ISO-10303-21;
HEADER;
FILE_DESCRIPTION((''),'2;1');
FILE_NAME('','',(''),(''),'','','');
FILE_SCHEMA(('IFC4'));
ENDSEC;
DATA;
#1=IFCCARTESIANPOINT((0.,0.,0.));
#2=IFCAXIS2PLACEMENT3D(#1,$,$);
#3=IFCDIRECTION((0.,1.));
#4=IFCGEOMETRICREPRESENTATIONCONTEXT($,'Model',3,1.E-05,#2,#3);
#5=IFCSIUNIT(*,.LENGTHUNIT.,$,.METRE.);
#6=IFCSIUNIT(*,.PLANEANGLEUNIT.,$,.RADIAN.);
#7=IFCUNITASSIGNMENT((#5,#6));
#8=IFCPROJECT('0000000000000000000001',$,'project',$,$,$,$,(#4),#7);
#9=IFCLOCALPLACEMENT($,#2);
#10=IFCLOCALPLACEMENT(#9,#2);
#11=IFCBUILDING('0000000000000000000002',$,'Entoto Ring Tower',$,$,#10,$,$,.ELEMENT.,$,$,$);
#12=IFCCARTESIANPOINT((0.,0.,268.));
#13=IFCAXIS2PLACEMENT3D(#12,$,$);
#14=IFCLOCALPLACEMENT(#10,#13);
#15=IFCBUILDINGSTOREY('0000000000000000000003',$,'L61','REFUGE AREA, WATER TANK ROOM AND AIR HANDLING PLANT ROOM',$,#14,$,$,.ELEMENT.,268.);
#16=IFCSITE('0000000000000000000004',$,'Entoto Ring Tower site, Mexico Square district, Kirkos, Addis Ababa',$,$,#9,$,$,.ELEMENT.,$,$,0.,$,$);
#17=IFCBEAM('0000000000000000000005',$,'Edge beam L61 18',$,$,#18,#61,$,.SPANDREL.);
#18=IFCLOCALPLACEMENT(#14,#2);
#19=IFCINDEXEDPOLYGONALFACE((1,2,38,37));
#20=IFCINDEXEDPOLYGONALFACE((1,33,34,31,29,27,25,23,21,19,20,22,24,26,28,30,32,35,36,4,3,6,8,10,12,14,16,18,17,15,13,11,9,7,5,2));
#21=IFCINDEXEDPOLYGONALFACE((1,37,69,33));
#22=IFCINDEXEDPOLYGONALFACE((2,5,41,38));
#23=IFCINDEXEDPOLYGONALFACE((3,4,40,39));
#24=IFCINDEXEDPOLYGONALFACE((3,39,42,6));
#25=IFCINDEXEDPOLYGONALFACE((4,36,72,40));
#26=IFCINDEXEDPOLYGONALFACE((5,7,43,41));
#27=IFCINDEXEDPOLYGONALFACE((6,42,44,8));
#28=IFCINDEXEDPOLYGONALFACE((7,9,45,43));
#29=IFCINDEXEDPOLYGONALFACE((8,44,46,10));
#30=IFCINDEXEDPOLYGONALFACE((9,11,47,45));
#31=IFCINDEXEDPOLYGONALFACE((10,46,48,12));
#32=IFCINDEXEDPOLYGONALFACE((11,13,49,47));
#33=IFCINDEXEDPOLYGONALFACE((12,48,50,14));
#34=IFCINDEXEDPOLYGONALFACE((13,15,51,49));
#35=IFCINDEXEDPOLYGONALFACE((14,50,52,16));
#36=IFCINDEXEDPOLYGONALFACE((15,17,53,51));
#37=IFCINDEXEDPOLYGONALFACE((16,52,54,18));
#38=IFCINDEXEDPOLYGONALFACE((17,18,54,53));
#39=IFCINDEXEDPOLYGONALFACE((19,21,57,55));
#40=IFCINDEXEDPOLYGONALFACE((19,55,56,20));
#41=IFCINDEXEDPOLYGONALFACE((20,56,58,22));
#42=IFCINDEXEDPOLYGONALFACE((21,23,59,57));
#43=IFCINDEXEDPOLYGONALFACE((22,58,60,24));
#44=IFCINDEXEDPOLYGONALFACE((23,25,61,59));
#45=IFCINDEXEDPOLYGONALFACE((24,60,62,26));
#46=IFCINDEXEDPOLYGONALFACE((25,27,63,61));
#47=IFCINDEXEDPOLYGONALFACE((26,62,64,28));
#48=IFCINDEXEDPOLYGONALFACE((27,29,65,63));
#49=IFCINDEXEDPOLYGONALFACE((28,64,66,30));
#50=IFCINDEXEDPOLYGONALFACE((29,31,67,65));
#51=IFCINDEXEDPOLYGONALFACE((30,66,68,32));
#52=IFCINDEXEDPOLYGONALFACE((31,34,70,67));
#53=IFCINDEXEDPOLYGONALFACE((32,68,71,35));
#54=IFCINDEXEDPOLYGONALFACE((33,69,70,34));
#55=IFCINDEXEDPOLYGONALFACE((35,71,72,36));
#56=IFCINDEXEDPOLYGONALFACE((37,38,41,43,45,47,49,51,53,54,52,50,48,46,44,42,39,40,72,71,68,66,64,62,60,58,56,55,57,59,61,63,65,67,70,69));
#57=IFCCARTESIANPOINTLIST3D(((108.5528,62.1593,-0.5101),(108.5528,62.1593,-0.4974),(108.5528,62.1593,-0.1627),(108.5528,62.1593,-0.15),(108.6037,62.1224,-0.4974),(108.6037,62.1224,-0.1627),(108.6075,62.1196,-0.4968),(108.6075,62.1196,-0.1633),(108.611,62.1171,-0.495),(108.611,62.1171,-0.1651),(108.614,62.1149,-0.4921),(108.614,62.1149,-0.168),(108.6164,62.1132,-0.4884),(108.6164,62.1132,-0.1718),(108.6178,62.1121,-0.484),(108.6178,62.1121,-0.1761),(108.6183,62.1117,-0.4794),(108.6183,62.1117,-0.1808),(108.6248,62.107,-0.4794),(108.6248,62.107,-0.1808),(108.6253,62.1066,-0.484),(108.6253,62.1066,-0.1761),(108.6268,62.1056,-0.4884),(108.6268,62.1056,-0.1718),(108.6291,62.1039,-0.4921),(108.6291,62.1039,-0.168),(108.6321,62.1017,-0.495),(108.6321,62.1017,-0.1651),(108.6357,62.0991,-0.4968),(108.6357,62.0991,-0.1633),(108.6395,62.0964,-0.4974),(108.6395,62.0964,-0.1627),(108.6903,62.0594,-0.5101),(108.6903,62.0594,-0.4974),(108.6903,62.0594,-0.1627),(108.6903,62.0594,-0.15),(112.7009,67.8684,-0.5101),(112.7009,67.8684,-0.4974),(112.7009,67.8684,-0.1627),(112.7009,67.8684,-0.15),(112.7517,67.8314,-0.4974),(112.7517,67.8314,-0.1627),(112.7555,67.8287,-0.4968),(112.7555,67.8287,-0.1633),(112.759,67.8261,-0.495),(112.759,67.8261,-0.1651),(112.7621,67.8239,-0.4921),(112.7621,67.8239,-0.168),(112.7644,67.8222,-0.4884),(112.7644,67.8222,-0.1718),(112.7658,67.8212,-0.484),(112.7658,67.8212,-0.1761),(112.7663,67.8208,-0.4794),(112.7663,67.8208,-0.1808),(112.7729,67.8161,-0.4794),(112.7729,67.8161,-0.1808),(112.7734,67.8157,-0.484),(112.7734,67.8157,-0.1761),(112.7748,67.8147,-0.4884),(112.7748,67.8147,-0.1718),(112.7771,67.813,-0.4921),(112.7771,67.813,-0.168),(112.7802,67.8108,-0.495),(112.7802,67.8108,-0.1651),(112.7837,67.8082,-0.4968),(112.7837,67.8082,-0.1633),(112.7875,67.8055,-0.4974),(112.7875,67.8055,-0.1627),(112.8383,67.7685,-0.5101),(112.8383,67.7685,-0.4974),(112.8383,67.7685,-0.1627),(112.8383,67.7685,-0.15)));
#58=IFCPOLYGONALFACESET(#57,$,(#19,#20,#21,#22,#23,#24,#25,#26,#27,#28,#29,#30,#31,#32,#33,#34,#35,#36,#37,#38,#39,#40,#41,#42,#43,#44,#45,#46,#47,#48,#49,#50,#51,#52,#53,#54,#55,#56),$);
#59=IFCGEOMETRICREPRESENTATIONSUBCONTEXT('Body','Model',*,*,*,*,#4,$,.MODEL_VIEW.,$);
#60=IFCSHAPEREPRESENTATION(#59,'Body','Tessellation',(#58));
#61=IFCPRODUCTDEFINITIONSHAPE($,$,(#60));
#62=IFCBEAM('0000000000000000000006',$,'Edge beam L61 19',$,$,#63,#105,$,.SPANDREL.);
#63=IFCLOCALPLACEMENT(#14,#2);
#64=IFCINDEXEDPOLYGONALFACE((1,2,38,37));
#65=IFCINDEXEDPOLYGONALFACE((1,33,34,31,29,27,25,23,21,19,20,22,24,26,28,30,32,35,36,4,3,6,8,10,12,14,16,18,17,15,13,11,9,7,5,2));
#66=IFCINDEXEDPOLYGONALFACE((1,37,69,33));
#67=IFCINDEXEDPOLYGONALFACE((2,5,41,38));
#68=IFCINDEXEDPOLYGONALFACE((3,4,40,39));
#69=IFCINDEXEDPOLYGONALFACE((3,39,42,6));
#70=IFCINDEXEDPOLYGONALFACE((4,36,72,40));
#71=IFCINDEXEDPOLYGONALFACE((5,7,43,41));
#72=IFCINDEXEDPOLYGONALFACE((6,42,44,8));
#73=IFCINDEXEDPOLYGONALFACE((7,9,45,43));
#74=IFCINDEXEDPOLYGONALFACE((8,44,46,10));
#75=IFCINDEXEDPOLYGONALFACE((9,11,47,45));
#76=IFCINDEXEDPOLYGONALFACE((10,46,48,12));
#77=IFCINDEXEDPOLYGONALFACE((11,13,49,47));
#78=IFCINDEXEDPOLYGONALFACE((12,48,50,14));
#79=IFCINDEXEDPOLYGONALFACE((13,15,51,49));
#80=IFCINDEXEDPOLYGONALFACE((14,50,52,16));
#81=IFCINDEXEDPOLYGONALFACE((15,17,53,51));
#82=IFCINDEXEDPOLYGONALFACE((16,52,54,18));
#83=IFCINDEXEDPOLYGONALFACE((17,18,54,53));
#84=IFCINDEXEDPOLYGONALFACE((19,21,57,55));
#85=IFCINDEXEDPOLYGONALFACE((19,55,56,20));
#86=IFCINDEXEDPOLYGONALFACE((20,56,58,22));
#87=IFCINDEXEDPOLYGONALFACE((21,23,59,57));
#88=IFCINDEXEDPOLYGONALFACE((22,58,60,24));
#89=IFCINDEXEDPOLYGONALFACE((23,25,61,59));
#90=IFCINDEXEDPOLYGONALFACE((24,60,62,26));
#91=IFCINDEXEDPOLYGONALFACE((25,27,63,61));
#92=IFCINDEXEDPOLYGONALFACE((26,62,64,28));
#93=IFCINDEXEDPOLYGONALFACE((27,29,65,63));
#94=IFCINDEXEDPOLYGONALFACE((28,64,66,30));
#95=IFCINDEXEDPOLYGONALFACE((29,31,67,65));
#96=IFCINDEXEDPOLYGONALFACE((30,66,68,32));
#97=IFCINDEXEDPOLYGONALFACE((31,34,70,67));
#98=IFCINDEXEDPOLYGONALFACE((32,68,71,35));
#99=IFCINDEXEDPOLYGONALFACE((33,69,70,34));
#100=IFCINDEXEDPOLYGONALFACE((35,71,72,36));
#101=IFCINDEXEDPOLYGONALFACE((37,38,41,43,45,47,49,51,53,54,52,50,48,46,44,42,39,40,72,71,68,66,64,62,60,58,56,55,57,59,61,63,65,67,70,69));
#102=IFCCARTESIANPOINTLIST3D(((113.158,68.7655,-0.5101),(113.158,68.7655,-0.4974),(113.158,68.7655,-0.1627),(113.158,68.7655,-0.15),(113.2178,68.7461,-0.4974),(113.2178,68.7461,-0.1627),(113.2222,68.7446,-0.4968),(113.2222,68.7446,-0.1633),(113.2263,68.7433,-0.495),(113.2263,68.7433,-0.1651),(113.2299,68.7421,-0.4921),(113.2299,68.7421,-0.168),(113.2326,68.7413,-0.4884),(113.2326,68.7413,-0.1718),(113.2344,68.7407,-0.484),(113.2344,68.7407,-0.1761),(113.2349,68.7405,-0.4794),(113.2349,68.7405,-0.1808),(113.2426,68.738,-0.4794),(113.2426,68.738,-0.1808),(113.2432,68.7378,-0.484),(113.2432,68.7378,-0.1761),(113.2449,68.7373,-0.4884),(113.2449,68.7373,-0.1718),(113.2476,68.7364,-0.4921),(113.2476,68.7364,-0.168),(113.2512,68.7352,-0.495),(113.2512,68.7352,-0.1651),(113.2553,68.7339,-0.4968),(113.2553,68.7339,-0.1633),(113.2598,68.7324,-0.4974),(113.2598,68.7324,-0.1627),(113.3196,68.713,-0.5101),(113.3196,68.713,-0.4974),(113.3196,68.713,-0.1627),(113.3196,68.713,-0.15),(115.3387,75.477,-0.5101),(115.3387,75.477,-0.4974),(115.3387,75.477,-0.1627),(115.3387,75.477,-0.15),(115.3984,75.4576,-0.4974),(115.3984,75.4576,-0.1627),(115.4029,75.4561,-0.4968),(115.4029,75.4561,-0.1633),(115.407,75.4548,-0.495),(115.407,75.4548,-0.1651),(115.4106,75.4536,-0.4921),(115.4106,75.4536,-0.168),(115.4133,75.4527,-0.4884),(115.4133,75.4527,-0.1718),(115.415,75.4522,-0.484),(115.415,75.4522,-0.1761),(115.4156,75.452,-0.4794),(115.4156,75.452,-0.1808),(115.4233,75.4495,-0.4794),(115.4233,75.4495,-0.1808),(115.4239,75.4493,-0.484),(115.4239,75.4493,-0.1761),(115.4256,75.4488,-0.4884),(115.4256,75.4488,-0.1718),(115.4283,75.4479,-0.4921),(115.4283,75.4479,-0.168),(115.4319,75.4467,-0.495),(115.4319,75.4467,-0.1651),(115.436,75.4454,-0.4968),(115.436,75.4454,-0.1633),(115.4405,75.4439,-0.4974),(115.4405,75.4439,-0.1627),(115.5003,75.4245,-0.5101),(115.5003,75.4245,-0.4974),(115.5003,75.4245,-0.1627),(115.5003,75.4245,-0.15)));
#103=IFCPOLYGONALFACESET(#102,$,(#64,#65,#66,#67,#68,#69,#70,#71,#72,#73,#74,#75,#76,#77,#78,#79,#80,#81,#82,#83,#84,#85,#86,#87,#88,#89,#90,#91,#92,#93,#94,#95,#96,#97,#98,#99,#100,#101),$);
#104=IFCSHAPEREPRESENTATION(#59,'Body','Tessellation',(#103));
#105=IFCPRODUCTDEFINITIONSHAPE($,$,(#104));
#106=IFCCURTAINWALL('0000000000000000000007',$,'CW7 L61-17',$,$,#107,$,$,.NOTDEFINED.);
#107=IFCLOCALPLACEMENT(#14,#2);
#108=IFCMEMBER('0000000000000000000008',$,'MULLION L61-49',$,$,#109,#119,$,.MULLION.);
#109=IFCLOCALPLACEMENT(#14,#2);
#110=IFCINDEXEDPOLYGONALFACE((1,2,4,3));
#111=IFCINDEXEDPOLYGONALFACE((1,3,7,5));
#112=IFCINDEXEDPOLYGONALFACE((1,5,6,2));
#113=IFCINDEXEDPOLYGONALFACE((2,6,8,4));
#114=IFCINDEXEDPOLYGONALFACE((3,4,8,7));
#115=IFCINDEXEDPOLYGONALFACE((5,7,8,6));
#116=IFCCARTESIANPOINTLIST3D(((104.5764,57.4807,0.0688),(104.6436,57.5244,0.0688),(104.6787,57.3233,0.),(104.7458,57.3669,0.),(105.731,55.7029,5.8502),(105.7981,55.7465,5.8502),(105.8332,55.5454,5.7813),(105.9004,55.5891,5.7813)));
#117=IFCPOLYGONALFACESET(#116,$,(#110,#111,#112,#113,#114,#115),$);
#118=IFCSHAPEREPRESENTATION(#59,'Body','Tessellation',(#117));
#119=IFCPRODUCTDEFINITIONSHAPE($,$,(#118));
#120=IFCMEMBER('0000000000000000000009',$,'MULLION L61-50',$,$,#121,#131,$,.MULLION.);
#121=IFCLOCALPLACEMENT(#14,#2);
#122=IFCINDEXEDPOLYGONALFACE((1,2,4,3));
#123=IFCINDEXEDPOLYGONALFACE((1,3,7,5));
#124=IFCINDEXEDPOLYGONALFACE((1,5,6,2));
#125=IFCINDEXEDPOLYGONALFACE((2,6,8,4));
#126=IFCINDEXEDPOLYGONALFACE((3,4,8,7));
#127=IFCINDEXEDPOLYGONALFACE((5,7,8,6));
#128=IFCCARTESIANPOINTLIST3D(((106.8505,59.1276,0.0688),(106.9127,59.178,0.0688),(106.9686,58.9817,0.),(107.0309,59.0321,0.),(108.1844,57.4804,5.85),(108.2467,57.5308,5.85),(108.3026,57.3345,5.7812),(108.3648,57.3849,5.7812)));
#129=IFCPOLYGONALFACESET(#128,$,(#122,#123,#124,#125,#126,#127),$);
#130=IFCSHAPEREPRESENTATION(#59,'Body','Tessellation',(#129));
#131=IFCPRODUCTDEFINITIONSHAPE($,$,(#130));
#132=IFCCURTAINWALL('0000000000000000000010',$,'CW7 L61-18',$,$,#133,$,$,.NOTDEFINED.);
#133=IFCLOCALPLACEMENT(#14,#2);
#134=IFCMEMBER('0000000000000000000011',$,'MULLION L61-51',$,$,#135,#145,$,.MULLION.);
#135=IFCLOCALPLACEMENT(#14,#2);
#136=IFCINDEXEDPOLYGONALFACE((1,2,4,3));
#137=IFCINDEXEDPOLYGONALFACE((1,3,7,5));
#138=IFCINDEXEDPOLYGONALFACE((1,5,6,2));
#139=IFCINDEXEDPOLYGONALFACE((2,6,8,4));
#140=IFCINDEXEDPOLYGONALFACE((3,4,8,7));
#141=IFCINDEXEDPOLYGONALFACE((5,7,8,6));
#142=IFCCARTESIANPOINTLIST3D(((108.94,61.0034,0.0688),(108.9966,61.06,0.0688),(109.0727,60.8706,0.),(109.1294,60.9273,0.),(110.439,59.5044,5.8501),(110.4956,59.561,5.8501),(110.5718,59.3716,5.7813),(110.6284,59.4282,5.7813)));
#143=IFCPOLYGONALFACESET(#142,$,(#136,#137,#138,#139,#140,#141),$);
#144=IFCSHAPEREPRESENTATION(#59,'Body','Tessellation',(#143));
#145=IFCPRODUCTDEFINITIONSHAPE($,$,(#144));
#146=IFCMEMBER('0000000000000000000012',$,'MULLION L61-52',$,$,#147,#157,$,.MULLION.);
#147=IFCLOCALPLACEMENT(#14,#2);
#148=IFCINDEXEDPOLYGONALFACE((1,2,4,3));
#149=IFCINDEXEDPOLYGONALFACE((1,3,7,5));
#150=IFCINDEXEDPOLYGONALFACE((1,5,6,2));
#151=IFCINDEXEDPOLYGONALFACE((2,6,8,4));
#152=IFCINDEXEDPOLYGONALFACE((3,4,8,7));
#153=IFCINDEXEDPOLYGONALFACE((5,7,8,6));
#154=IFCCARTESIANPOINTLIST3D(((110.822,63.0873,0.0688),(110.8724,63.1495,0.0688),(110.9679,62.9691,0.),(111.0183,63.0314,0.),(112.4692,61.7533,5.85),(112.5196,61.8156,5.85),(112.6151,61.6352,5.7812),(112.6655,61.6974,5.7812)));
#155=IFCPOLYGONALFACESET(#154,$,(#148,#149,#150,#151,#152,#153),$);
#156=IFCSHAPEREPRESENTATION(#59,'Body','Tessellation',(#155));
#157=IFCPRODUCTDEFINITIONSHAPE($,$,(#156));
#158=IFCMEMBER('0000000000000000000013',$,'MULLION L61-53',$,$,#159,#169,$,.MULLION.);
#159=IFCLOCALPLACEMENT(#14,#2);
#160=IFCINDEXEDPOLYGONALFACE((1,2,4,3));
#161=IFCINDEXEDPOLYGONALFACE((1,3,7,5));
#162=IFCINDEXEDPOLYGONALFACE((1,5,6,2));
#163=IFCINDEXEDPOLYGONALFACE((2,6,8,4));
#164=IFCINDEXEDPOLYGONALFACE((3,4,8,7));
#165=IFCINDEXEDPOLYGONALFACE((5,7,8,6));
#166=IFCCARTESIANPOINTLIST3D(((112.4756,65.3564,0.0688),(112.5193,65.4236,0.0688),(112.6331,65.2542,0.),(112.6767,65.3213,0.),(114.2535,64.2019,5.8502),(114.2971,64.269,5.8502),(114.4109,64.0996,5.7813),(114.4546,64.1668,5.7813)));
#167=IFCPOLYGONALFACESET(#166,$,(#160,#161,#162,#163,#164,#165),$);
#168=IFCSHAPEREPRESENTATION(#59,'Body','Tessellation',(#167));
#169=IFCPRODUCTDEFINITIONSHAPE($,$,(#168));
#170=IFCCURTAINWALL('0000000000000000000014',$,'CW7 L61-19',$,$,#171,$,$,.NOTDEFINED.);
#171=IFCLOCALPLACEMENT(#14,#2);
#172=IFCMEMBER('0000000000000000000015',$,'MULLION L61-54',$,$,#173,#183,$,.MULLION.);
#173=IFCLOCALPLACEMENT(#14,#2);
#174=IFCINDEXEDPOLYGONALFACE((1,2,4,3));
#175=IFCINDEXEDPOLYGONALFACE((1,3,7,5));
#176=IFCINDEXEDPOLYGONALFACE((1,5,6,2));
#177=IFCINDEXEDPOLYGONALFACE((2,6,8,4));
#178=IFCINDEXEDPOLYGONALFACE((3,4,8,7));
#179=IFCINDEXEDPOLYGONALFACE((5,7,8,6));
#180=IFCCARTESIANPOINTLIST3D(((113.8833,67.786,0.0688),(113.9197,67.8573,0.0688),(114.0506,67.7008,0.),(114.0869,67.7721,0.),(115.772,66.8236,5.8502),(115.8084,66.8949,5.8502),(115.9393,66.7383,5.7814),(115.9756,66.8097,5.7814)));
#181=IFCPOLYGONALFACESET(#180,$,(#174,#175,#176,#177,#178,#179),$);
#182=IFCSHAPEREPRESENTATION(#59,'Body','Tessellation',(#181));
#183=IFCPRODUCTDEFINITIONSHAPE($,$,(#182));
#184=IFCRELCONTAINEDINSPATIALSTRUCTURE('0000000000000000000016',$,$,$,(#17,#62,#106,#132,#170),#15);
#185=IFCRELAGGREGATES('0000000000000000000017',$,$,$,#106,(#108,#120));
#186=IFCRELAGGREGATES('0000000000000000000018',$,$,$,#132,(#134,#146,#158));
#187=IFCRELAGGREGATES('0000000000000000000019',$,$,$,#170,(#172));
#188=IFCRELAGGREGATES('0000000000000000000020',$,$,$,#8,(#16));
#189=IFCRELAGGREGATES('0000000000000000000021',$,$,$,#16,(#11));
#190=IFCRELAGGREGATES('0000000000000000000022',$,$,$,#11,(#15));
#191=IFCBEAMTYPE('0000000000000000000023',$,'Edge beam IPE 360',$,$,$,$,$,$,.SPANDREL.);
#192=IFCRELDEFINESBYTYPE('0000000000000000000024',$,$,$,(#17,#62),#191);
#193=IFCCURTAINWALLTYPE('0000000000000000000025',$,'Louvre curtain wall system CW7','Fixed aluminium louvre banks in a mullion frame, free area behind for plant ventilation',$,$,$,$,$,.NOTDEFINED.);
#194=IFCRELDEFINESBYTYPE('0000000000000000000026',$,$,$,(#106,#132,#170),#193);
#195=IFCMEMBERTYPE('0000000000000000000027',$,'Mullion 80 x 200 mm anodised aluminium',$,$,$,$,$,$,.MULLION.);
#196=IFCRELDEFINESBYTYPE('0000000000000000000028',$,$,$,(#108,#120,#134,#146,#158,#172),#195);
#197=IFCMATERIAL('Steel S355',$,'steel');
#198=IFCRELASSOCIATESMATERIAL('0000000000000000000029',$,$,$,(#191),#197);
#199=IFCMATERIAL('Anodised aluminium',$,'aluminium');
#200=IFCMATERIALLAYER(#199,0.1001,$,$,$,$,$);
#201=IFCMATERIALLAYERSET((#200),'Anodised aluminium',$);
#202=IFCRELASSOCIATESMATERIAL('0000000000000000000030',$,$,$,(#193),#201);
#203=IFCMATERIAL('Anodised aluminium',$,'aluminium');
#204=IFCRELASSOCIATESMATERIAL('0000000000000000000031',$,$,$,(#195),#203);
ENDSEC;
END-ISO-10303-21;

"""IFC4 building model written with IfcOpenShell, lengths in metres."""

from ifc_helpers import new_model, si_unit, direction, frame, origin, origin_2d, place, context, subcontext, project, spatial, rectangle, i_section, extrude, material, layer, layer_set, material_profile, profile_set, type_object, element, aggregate, save


model = new_model("IFC4")

# Units and contexts
model_context = context("Model", 3, precision=1e-05, world=origin(), true_north=direction((0.0, 1.0)))
body_context = subcontext(model_context, "Body", "Model", "MODEL_VIEW")
ifc_project = project(units=[si_unit("LENGTHUNIT", "METRE"), si_unit("PLANEANGLEUNIT", "RADIAN")], contexts=[model_context])

# Site, building, storey
site_placement = place(None, origin())
site = spatial("IfcSite", under=ifc_project, at=site_placement, Name="Entoto Ring Tower site, Mexico Square district, Kirkos, Addis Ababa", CompositionType="ELEMENT", RefElevation=0.0)
building_placement = place(site_placement, origin())
building = spatial("IfcBuilding", under=site, at=building_placement, Name="Entoto Ring Tower", CompositionType="ELEMENT")
storey_placement = place(building_placement, frame((0.0, 0.0, 268.0)))
storey = spatial("IfcBuildingStorey", under=building, at=storey_placement, Name="L61", Description="REFUGE AREA, WATER TANK ROOM AND AIR HANDLING PLANT ROOM", CompositionType="ELEMENT", Elevation=268.0)

# Beams
ifc_material_1 = material(Name="Steel S355", Category="steel")
ifc_material_profile_1 = material_profile(ifc_material_1, i_section(OverallWidth=0.1699, OverallDepth=0.3601, WebThickness=0.0081, FlangeThickness=0.0127, FilletRadius=0.0181, at=origin_2d()), Name="IPE 360")
ifc_profile_set_1 = profile_set([ifc_material_profile_1], Name="Steel S355")
beam_type = type_object("IfcBeamType", Name="Edge beam IPE 360", PredefinedType="SPANDREL", material=ifc_profile_set_1)
for number, where, z_axis, x_axis, name in (
    (1, (108.6216, 62.1094, -0.3301), (0.587797, 0.809008, 0.0), (-0.809008, 0.587797, 0.0), "Edge beam L61 18"),
    (2, (113.2388, 68.7393, -0.3301), (0.309016, 0.951057, 0.0), (-0.951057, 0.309016, 0.0), "Edge beam L61 19"),
):
    element("IfcBeam", number, at=place(storey_placement, frame(where, z_axis=z_axis, x_axis=x_axis)), inside=storey, type_object=beam_type, Name=name, PredefinedType="SPANDREL", context=body_context, shape_type="SweptSolid", body=[
        extrude(i_section(OverallWidth=0.1699, OverallDepth=0.3601, WebThickness=0.0081, FlangeThickness=0.0127, FilletRadius=0.0181, at=origin_2d()), origin(), (0.0, 0.0, 1.0), 7.0569),
    ])

# Curtain walls, members
ifc_material_2 = material(Name="Anodised aluminium", Category="aluminium")
ifc_layer_1 = layer(ifc_material_2, 0.1001)
ifc_layer_set_1 = layer_set([ifc_layer_1], Name="Anodised aluminium")
curtain_wall_type = type_object("IfcCurtainWallType", Name="Louvre curtain wall system CW7", Description="Fixed aluminium louvre banks in a mullion frame, free area behind for plant ventilation", PredefinedType="NOTDEFINED", material=ifc_layer_set_1)
curtain_wall_1_placement = place(storey_placement, origin())
curtain_wall_1 = element("IfcCurtainWall", 3, at=curtain_wall_1_placement, inside=storey, type_object=curtain_wall_type, Name="CW7 L61-17", PredefinedType="NOTDEFINED")
ifc_material_3 = material(Name="Anodised aluminium", Category="aluminium")
ifc_material_profile_2 = material_profile(ifc_material_3, rectangle(XDim=0.0801, YDim=0.2, at=origin_2d()), Name="Mullion 80 x 200 mm anodised aluminium")
ifc_profile_set_2 = profile_set([ifc_material_profile_2], Name="Anodised aluminium")
member_type_1 = type_object("IfcMemberType", Name="Mullion 80 x 200 mm anodised aluminium", PredefinedType="MULLION", material=ifc_profile_set_2)
member_1_placement = place(storey_placement, frame((104.6611, 57.4238, 0.0344), z_axis=(0.187497, -0.28872, 0.938875), x_axis=(0.83867, 0.54464, 0.0)))
member_1 = element("IfcMember", 4, at=member_1_placement, type_object=member_type_1, Name="MULLION L61-49", PredefinedType="MULLION", context=body_context, shape_type="SweptSolid", body=[
    extrude(rectangle(XDim=0.0801, YDim=0.2, at=origin_2d()), origin(), (0.0, 0.0, 1.0), 6.1577),
])
member_2_placement = place(storey_placement, frame((106.9407, 59.0798, 0.0344), z_axis=(0.216641, -0.267511, 0.938885), x_axis=(0.777124, 0.629347, 0.0)))
member_2 = element("IfcMember", 5, at=member_2_placement, type_object=member_type_1, Name="MULLION L61-50", PredefinedType="MULLION", context=body_context, shape_type="SweptSolid", body=[
    extrude(rectangle(XDim=0.0801, YDim=0.2, at=origin_2d()), origin(), (0.0, 0.0, 1.0), 6.1575),
])
aggregate(curtain_wall_1, [member_1, member_2])
curtain_wall_2_placement = place(storey_placement, origin())
curtain_wall_2 = element("IfcCurtainWall", 6, at=curtain_wall_2_placement, inside=storey, type_object=curtain_wall_type, Name="CW7 L61-18", PredefinedType="NOTDEFINED")
member_3_placement = place(storey_placement, frame((109.0347, 60.9653, 0.0344), z_axis=(0.24344, -0.24344, 0.938869), x_axis=(0.707107, 0.707107, 0.0)))
member_3 = element("IfcMember", 7, at=member_3_placement, type_object=member_type_1, Name="MULLION L61-51", PredefinedType="MULLION", context=body_context, shape_type="SweptSolid", body=[
    extrude(rectangle(XDim=0.0801, YDim=0.2, at=origin_2d()), origin(), (0.0, 0.0, 1.0), 6.1577),
])
member_4_placement = place(storey_placement, frame((110.9202, 63.0593, 0.0344), z_axis=(0.267511, -0.216641, 0.938885), x_axis=(0.629347, 0.777124, 0.0)))
member_4 = element("IfcMember", 8, at=member_4_placement, type_object=member_type_1, Name="MULLION L61-52", PredefinedType="MULLION", context=body_context, shape_type="SweptSolid", body=[
    extrude(rectangle(XDim=0.0801, YDim=0.2, at=origin_2d()), origin(), (0.0, 0.0, 1.0), 6.1575),
])
member_5_placement = place(storey_placement, frame((112.5762, 65.3389, 0.0344), z_axis=(0.28872, -0.187497, 0.938875), x_axis=(0.54464, 0.83867, 0.0)))
member_5 = element("IfcMember", 9, at=member_5_placement, type_object=member_type_1, Name="MULLION L61-53", PredefinedType="MULLION", context=body_context, shape_type="SweptSolid", body=[
    extrude(rectangle(XDim=0.0801, YDim=0.2, at=origin_2d()), origin(), (0.0, 0.0, 1.0), 6.1577),
])
aggregate(curtain_wall_2, [member_3, member_4, member_5])

# Curtain wall, member
curtain_wall_3_placement = place(storey_placement, origin())
curtain_wall_3 = element("IfcCurtainWall", 10, at=curtain_wall_3_placement, inside=storey, type_object=curtain_wall_type, Name="CW7 L61-19", PredefinedType="NOTDEFINED")
member_6_placement = place(storey_placement, frame((113.9851, 67.7791, 0.0344), z_axis=(0.306722, -0.156295, 0.938879), x_axis=(0.454019, 0.890992, 0.0)))
member_6 = element("IfcMember", 11, at=member_6_placement, type_object=member_type_1, Name="MULLION L61-54", PredefinedType="MULLION", context=body_context, shape_type="SweptSolid", body=[
    extrude(rectangle(XDim=0.0801, YDim=0.2, at=origin_2d()), origin(), (0.0, 0.0, 1.0), 6.1577),
])
aggregate(curtain_wall_3, [member_6])

save(model, "model.ifc")
